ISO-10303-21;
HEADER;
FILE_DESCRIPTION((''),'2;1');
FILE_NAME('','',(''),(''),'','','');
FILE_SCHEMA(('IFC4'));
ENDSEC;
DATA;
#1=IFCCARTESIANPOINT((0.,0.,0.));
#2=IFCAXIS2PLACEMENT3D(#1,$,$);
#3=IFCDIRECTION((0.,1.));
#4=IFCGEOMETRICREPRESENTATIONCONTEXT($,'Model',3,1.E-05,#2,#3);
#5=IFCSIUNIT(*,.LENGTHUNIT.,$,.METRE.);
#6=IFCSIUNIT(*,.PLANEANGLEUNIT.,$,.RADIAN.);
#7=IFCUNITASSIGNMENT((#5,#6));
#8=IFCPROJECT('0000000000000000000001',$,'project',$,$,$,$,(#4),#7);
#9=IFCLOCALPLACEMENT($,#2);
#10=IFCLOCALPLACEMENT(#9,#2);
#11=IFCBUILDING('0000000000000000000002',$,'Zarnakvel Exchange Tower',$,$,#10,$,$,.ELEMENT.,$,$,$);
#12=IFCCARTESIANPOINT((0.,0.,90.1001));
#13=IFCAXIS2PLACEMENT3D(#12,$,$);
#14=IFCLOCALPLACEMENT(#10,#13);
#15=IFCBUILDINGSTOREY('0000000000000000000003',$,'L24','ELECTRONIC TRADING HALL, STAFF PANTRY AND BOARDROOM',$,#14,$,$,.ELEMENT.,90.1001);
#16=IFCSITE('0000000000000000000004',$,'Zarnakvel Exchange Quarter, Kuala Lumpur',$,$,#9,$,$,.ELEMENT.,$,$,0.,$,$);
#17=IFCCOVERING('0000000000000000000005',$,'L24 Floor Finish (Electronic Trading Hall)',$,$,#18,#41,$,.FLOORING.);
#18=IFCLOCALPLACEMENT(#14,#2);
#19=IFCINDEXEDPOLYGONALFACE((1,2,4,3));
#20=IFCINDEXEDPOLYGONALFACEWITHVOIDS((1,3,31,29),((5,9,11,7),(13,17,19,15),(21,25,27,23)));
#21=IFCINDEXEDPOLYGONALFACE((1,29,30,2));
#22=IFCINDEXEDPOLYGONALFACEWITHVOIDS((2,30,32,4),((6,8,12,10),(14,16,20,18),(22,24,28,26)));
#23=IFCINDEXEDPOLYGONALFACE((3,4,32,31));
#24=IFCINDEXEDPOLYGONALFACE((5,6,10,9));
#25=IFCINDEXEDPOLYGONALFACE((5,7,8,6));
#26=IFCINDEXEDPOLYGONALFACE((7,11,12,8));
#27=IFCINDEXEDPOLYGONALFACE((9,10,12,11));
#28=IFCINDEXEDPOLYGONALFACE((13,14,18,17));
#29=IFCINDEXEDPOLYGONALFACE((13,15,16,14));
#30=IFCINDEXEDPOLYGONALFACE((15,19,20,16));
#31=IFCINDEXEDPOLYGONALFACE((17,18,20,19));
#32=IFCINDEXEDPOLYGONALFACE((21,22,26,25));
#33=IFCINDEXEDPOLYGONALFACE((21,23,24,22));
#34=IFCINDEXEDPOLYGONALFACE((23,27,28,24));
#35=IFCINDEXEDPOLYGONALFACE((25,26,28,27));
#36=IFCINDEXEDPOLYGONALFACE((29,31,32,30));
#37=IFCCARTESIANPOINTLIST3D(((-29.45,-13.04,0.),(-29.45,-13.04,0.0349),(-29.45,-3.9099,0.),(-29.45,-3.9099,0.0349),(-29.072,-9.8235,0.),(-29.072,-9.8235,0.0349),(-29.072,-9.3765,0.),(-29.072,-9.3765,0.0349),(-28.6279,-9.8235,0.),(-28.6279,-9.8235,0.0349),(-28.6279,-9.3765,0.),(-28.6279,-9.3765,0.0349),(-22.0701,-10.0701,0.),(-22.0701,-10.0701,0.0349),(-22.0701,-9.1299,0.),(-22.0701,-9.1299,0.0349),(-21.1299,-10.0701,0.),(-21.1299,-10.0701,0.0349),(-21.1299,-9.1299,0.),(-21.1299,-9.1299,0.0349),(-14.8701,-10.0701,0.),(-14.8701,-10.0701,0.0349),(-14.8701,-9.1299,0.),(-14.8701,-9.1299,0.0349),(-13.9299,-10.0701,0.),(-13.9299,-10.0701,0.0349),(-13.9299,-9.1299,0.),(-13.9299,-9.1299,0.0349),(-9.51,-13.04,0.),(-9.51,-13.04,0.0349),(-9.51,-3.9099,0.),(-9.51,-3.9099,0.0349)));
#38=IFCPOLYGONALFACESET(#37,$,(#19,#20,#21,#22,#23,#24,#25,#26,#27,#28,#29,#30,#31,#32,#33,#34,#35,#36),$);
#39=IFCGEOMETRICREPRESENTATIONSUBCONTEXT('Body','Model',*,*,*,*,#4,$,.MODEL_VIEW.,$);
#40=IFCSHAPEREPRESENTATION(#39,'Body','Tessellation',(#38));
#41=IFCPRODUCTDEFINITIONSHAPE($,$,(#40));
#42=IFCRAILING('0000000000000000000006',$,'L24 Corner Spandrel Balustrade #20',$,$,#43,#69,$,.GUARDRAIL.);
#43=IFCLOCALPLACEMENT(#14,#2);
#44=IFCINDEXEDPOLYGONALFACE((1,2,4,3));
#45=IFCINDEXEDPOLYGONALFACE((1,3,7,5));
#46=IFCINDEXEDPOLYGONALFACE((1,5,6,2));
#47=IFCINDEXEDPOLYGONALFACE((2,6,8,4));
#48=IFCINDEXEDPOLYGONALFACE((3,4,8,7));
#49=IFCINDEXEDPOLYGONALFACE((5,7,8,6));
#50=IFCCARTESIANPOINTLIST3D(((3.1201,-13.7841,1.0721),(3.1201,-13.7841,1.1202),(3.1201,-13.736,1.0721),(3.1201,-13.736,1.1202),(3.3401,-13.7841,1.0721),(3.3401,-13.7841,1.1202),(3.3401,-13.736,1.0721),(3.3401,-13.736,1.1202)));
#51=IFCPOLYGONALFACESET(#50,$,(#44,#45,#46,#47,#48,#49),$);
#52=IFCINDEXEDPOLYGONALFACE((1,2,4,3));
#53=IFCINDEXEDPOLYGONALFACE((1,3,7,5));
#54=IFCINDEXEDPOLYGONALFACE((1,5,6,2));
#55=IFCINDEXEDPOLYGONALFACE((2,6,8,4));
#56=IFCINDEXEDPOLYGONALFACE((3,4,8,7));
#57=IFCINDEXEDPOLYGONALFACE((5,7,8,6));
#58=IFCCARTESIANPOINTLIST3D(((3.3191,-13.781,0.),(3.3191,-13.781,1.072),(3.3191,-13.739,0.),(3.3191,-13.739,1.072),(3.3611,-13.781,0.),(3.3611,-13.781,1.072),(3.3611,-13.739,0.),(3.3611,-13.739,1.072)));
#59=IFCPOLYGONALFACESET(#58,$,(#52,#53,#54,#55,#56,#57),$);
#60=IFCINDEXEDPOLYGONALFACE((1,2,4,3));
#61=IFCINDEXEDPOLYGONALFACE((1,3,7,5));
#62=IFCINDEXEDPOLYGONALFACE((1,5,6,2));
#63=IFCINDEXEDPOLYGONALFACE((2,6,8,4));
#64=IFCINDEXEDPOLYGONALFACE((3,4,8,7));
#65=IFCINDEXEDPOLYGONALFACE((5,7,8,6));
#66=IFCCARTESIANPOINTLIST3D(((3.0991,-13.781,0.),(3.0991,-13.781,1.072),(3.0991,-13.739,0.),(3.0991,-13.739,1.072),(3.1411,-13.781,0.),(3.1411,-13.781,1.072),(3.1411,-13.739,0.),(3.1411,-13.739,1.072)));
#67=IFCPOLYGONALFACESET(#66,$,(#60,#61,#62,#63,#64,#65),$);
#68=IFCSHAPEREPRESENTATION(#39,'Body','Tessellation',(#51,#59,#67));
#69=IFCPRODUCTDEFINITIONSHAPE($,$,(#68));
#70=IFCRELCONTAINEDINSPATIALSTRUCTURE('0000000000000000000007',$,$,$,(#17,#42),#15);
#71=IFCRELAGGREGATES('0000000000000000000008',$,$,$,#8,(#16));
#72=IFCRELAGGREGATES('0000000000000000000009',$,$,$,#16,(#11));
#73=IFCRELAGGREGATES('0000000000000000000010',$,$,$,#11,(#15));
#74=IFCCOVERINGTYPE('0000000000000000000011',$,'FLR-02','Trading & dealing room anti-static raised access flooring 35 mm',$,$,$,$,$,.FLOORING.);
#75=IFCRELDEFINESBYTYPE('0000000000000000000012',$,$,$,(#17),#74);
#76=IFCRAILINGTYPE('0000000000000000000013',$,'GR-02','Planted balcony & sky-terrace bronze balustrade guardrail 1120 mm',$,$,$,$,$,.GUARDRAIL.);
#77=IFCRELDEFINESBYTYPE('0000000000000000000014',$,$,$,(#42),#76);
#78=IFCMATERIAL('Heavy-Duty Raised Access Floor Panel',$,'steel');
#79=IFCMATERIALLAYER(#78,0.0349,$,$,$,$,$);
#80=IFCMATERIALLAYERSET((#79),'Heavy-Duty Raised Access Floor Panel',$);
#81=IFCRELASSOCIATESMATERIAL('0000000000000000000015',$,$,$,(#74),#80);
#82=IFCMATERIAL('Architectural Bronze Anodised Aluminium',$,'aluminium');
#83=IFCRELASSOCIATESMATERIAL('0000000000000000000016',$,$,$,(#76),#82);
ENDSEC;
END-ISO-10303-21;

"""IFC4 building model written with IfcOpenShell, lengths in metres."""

from ifc_helpers import new_model, si_unit, direction, frame, origin, origin_2d, place, context, subcontext, project, spatial, polyline, rectangle, outline, extrude, material, layer, layer_set, type_object, element, save


model = new_model("IFC4")

# Units and contexts
model_context = context("Model", 3, precision=1e-05, world=origin(), true_north=direction((0.0, 1.0)))
body_context = subcontext(model_context, "Body", "Model", "MODEL_VIEW")
ifc_project = project(units=[si_unit("LENGTHUNIT", "METRE"), si_unit("PLANEANGLEUNIT", "RADIAN")], contexts=[model_context])

# Site, building, storey
site_placement = place(None, origin())
site = spatial("IfcSite", under=ifc_project, at=site_placement, Name="Zarnakvel Exchange Quarter, Kuala Lumpur", CompositionType="ELEMENT", RefElevation=0.0)
building_placement = place(site_placement, origin())
building = spatial("IfcBuilding", under=site, at=building_placement, Name="Zarnakvel Exchange Tower", CompositionType="ELEMENT")
storey_placement = place(building_placement, frame((0.0, 0.0, 90.1001)))
storey = spatial("IfcBuildingStorey", under=building, at=storey_placement, Name="L24", Description="ELECTRONIC TRADING HALL, STAFF PANTRY AND BOARDROOM", CompositionType="ELEMENT", Elevation=90.1001)

# Covering
ifc_material_1 = material(Name="Heavy-Duty Raised Access Floor Panel", Category="steel")
ifc_layer_1 = layer(ifc_material_1, 0.0349)
ifc_layer_set_1 = layer_set([ifc_layer_1], Name="Heavy-Duty Raised Access Floor Panel")
covering_type_1 = type_object("IfcCoveringType", Name="FLR-02", Description="Trading & dealing room anti-static raised access flooring 35 mm", PredefinedType="FLOORING", material=ifc_layer_set_1)
covering_1_placement = place(storey_placement, origin())
element("IfcCovering", 1, at=covering_1_placement, inside=storey, type_object=covering_type_1, Name="L24 Floor Finish (Electronic Trading Hall)", PredefinedType="FLOORING", context=body_context, shape_type="SweptSolid", body=[
    extrude(outline(polyline([(-29.45, -3.9099), (-9.51, -3.9099), (-9.51, -13.04), (-29.45, -13.04), (-29.45, -3.9099)]), holes=[polyline([(-13.9299, -10.0701), (-13.9299, -9.1299), (-14.8701, -9.1299), (-14.8701, -10.0701), (-13.9299, -10.0701)]), polyline([(-21.1299, -10.0701), (-21.1299, -9.1299), (-22.0701, -9.1299), (-22.0701, -10.0701), (-21.1299, -10.0701)]), polyline([(-29.072, -9.8235), (-28.6279, -9.8235), (-28.6279, -9.3765), (-29.072, -9.3765), (-29.072, -9.8235)])]), origin(), (0.0, 0.0, 1.0), 0.0349),
])

# Railing
ifc_material_2 = material(Name="Architectural Bronze Anodised Aluminium", Category="aluminium")
railing_type = type_object("IfcRailingType", Name="GR-02", Description="Planted balcony & sky-terrace bronze balustrade guardrail 1120 mm", PredefinedType="GUARDRAIL", material=ifc_material_2)
railing_placement = place(storey_placement, frame((3.3401, -13.76, 0.0)))
element("IfcRailing", 2, at=railing_placement, inside=storey, type_object=railing_type, Name="L24 Corner Spandrel Balustrade #20", PredefinedType="GUARDRAIL", context=body_context, shape_type="SweptSolid", body=[
    extrude(rectangle(XDim=0.0481, YDim=0.0481, at=origin_2d()), frame((0.0, 0.0, 1.0962), z_axis=(-1.0, 0.0, 0.0), x_axis=(0.0, -1.0, 0.0)), (0.0, 0.0, 1.0), 0.22),
    extrude(rectangle(XDim=0.042, YDim=0.042, at=origin_2d()), origin(), (0.0, 0.0, 1.0), 1.072),
    extrude(rectangle(XDim=0.042, YDim=0.042, at=origin_2d()), frame((-0.22, 0.0, 0.0)), (0.0, 0.0, 1.0), 1.072),
])

save(model, "model.ifc")
